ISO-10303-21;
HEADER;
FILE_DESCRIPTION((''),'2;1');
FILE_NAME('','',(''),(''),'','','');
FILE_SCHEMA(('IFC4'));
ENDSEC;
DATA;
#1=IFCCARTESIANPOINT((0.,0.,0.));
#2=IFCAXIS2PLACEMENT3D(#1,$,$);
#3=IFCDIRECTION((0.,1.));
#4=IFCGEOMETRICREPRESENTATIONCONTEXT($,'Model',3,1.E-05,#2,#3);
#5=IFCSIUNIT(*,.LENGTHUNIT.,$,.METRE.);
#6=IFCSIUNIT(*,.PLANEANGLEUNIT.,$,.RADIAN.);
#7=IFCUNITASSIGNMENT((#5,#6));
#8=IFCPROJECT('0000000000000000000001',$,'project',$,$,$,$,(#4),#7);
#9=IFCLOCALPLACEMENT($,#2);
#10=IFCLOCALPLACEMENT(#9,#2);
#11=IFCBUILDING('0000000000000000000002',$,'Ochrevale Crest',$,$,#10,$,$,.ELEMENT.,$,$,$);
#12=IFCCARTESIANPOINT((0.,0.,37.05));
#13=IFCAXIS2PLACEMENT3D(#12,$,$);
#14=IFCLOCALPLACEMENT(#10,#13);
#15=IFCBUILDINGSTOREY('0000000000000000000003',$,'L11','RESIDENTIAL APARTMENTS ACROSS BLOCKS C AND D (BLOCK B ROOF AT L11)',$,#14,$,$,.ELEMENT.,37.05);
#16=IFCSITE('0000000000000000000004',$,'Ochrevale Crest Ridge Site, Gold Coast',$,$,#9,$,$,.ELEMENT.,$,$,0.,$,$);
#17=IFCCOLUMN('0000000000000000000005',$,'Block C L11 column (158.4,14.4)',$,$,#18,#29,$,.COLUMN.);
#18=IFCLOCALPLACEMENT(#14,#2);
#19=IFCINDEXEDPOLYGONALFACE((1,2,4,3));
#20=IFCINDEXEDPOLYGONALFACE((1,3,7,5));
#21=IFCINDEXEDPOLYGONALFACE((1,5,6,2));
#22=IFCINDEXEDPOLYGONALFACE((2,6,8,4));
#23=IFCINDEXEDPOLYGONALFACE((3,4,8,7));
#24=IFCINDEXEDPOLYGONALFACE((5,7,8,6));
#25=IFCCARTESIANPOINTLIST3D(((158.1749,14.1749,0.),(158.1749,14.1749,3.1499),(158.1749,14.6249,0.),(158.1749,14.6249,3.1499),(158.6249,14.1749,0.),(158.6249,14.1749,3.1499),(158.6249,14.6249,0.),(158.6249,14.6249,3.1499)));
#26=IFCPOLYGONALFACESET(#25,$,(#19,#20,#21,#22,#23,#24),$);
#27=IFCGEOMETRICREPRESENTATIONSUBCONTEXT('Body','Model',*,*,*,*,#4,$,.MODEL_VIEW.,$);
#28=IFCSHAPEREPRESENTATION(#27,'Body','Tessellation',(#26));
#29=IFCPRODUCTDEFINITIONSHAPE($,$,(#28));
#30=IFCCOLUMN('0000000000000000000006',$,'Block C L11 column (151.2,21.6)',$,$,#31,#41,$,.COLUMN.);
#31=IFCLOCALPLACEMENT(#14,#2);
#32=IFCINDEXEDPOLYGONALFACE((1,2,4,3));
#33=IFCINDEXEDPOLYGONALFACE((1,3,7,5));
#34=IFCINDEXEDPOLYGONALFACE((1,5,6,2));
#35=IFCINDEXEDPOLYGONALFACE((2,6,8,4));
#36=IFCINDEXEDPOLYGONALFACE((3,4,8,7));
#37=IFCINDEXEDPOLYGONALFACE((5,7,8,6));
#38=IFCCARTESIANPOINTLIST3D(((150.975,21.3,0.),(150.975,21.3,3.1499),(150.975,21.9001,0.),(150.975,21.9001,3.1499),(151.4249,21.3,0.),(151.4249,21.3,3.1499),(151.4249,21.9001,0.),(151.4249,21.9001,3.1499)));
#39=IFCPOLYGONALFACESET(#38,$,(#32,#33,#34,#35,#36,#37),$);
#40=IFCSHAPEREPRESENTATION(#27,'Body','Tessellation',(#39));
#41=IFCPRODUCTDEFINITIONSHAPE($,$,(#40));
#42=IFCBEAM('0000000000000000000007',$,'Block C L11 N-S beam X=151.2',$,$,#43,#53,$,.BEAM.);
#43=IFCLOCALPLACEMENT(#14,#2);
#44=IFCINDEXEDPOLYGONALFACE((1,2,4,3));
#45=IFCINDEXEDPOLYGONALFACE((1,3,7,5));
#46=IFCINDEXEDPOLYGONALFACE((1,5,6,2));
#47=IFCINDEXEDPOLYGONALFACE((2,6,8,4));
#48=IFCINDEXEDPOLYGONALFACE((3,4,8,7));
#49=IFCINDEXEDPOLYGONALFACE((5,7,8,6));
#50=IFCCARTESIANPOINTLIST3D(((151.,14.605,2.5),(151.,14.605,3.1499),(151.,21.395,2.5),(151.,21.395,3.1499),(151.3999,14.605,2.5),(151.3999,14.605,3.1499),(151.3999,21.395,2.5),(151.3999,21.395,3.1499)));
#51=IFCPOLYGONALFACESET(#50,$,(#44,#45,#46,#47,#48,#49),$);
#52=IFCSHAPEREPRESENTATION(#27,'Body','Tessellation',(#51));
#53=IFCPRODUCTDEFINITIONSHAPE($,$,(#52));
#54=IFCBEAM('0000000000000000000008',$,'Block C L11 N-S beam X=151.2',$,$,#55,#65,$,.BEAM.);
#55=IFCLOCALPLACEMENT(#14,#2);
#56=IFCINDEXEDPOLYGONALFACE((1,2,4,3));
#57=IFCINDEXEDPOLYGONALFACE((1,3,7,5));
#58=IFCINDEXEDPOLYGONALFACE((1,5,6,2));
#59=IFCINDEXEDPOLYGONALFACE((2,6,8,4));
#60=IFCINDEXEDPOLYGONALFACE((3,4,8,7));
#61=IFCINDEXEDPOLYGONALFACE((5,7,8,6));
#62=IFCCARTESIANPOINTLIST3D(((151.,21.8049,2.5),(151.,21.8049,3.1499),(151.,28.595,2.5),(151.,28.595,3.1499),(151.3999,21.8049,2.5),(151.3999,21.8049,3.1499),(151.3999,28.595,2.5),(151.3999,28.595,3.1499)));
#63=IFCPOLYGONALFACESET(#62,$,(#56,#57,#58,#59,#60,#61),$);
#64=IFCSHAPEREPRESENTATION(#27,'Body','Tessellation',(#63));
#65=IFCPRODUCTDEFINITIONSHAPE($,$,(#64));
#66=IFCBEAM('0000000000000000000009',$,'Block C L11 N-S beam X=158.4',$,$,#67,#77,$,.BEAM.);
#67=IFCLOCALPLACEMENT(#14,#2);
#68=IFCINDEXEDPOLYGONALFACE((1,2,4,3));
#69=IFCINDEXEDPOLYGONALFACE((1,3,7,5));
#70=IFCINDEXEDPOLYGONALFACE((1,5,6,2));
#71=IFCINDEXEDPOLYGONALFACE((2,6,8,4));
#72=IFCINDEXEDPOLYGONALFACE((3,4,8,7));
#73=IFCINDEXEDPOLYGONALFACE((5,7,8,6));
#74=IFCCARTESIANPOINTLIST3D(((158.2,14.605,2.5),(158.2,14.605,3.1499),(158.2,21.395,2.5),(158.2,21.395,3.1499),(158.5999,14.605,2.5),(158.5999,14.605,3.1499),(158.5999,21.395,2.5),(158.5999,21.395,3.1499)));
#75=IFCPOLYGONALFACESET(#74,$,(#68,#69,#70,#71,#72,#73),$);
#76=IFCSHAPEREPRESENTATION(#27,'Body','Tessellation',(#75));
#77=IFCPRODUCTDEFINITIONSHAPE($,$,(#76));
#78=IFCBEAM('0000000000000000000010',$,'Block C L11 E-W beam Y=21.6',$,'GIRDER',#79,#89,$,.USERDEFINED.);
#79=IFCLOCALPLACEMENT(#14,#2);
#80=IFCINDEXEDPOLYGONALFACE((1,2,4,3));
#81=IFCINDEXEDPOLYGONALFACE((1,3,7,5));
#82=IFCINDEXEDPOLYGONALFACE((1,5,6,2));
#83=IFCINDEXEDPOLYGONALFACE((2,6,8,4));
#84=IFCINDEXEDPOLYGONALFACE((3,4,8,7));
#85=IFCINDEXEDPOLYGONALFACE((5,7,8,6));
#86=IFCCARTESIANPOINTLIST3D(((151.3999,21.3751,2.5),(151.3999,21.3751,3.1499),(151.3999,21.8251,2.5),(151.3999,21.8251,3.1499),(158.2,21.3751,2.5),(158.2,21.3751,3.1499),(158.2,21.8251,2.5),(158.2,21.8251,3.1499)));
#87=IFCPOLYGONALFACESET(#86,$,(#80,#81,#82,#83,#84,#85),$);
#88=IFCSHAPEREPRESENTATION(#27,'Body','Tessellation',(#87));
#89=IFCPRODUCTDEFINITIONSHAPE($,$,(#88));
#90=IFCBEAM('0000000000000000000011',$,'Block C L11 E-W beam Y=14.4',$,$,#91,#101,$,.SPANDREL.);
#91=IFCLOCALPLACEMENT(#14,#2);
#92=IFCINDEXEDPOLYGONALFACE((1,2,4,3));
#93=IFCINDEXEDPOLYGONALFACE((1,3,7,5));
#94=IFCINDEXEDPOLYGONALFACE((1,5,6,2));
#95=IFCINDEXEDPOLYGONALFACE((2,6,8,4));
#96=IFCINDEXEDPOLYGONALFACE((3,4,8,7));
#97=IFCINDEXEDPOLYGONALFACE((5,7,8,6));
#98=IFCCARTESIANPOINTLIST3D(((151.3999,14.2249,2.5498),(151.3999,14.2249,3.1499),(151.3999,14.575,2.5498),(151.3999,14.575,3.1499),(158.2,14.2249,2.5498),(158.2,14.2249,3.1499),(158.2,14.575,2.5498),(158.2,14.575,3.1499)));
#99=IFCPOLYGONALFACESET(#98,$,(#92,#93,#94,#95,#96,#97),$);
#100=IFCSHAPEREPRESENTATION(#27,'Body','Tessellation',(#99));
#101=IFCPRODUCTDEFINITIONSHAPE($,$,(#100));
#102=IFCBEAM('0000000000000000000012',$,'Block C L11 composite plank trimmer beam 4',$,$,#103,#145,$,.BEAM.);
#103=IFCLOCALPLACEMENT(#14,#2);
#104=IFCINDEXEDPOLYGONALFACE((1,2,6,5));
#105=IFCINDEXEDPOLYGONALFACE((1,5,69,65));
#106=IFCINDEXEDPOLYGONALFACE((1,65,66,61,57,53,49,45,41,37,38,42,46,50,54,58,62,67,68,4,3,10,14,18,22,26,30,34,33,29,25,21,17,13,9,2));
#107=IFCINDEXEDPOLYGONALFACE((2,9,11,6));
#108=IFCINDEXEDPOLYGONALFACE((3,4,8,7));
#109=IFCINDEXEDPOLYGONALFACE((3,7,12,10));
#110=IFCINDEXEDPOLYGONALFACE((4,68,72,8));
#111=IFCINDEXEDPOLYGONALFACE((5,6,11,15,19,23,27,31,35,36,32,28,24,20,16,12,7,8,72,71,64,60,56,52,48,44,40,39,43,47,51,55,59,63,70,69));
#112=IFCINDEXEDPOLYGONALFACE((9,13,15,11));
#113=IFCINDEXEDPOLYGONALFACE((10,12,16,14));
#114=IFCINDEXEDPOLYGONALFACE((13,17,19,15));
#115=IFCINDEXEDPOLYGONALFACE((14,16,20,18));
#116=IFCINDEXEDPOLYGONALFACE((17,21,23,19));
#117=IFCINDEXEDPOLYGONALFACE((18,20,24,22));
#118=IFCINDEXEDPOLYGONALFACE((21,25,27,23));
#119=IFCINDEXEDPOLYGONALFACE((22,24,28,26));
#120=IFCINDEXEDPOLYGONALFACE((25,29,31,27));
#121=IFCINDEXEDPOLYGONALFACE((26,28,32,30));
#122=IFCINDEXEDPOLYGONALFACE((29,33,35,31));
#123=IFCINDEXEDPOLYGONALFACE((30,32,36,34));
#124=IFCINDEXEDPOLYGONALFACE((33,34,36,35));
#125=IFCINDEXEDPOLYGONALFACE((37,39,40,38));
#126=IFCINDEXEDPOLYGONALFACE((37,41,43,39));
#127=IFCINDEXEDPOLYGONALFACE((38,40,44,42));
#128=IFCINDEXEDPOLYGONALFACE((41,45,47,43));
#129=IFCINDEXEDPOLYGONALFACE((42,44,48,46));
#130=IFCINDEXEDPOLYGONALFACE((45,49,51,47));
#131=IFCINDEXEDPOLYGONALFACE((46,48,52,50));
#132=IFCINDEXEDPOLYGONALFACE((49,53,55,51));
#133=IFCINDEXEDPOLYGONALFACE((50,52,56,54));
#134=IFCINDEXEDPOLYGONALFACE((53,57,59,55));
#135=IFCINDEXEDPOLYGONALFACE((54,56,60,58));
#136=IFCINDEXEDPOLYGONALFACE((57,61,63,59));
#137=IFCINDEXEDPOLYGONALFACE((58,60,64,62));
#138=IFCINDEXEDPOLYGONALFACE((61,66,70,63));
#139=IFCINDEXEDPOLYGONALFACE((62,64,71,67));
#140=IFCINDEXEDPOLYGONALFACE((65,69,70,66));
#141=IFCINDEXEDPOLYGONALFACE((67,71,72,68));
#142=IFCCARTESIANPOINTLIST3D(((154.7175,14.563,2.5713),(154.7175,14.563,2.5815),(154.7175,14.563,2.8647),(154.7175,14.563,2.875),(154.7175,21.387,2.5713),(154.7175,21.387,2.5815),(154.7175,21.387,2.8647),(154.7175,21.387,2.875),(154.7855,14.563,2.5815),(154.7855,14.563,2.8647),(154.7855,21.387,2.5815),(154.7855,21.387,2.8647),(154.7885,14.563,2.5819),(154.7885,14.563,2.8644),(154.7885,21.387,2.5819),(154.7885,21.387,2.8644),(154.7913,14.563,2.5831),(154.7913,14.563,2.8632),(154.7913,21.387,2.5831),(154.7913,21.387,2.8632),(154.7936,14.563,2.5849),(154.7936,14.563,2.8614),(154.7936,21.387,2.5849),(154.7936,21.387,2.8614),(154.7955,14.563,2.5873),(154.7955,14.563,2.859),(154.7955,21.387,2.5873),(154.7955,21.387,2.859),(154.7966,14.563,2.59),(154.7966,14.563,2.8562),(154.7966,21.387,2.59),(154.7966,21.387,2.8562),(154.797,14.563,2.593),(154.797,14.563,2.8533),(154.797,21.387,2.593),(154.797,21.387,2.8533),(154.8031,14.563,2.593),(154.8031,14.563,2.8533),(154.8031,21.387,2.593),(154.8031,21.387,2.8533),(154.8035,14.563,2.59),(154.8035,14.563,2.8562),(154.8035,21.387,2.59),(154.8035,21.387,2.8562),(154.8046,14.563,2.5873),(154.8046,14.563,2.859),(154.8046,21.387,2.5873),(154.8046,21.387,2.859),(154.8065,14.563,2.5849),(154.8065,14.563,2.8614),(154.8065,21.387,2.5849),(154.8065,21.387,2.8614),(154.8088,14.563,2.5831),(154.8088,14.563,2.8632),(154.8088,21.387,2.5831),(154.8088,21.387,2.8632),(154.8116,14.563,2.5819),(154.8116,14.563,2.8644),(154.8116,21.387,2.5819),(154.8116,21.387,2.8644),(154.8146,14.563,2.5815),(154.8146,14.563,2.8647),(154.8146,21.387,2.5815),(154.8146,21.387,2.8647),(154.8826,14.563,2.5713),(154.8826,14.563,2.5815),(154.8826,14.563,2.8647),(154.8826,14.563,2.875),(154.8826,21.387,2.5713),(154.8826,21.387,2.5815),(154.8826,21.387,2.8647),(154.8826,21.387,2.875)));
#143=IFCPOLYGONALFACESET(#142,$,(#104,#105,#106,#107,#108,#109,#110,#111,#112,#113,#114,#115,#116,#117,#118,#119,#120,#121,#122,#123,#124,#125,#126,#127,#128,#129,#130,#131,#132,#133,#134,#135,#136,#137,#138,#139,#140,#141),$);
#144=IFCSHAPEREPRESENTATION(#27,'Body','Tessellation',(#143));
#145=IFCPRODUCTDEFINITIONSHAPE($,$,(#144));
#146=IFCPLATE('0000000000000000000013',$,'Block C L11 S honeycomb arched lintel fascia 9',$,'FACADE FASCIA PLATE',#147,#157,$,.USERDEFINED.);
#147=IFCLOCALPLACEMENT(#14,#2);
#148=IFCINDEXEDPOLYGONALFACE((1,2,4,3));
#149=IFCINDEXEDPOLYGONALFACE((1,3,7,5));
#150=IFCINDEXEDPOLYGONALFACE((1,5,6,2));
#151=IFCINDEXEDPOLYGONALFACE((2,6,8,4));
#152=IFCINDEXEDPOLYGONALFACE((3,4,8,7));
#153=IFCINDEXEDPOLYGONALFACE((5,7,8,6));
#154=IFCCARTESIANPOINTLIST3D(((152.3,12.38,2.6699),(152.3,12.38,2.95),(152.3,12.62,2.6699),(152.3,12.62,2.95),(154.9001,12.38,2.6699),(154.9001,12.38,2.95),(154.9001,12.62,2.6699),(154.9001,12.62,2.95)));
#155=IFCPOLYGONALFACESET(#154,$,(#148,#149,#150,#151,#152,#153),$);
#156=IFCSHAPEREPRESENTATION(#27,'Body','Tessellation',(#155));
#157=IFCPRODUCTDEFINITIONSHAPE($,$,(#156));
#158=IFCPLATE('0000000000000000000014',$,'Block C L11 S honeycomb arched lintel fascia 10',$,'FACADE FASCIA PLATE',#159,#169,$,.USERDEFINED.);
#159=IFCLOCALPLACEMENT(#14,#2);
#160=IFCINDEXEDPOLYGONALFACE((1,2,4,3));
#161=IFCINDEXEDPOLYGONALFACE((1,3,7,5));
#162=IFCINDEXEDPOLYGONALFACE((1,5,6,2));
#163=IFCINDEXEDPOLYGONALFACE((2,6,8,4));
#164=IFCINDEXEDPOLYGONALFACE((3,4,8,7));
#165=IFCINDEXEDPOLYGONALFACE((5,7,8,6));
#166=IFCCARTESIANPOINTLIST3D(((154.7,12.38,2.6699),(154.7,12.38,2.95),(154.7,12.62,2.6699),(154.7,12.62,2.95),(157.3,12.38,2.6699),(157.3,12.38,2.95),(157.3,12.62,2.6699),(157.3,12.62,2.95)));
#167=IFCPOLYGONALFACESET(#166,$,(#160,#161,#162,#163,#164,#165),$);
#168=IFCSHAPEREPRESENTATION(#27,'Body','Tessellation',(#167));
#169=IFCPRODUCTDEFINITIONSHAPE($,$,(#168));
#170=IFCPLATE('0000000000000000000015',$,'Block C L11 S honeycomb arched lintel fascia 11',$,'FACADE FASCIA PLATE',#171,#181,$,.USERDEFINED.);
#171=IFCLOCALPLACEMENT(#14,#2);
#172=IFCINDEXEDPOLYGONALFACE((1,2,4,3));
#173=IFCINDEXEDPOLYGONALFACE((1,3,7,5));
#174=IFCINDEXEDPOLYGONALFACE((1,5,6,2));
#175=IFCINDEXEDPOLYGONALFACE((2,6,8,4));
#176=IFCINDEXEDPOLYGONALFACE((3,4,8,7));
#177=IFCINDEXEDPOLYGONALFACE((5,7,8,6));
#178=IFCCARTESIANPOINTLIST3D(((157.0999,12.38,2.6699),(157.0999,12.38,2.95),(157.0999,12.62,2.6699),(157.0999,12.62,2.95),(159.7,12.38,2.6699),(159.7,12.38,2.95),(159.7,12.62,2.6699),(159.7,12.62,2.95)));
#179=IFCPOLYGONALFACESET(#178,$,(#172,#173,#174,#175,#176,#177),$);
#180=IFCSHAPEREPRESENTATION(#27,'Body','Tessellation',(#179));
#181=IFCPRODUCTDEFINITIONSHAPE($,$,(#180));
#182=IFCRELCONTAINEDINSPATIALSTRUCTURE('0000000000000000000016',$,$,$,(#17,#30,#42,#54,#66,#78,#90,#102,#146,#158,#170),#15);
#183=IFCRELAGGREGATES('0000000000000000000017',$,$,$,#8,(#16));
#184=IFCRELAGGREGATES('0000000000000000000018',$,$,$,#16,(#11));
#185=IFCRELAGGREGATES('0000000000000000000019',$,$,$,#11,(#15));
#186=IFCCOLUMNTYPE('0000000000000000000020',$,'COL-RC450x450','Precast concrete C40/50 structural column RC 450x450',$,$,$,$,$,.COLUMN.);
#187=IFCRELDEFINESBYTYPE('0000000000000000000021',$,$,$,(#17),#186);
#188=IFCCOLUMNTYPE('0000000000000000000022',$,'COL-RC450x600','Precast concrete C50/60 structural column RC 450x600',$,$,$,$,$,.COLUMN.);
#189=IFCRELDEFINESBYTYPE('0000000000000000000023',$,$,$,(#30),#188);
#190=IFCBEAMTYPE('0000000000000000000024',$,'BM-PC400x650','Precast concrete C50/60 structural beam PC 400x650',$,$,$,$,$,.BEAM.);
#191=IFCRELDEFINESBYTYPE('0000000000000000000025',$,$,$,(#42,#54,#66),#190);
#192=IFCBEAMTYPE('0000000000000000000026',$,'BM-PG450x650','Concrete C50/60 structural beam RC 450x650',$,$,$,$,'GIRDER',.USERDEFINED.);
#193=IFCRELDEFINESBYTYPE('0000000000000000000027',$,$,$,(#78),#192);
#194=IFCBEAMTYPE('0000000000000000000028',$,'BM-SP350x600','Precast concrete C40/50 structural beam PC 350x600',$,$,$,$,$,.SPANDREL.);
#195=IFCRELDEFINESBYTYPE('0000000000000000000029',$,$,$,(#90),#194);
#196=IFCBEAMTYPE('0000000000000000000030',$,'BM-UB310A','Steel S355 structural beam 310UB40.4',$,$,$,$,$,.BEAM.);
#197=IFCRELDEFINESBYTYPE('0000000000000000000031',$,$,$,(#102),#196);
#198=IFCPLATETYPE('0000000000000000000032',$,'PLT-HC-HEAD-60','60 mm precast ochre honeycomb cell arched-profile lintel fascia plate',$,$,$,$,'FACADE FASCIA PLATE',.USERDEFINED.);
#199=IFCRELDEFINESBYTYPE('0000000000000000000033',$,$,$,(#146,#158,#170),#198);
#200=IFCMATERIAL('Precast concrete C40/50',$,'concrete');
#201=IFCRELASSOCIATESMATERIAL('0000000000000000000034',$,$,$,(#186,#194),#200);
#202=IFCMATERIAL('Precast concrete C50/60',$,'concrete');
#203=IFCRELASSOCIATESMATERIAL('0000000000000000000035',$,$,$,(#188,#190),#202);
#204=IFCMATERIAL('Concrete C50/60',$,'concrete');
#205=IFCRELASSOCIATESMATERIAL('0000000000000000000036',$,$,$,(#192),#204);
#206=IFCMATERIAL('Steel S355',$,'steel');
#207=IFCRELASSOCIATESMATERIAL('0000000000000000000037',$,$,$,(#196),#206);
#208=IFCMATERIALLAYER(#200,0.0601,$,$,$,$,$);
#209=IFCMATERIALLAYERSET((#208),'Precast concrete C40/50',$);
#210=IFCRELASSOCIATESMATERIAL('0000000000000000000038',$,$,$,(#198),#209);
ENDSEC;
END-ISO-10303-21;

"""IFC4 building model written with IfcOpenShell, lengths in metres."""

from ifc_helpers import new_model, si_unit, direction, frame, origin, origin_2d, place, context, subcontext, project, spatial, rectangle, i_section, extrude, material, layer, layer_set, material_profile, profile_set, type_object, element, save


model = new_model("IFC4")

# Units and contexts
model_context = context("Model", 3, precision=1e-05, world=origin(), true_north=direction((0.0, 1.0)))
body_context = subcontext(model_context, "Body", "Model", "MODEL_VIEW")
ifc_project = project(units=[si_unit("LENGTHUNIT", "METRE"), si_unit("PLANEANGLEUNIT", "RADIAN")], contexts=[model_context])

# Site, building, storey
site_placement = place(None, origin())
site = spatial("IfcSite", under=ifc_project, at=site_placement, Name="Ochrevale Crest Ridge Site, Gold Coast", CompositionType="ELEMENT", RefElevation=0.0)
building_placement = place(site_placement, origin())
building = spatial("IfcBuilding", under=site, at=building_placement, Name="Ochrevale Crest", CompositionType="ELEMENT")
storey_placement = place(building_placement, frame((0.0, 0.0, 37.05)))
storey = spatial("IfcBuildingStorey", under=building, at=storey_placement, Name="L11", Description="RESIDENTIAL APARTMENTS ACROSS BLOCKS C AND D (BLOCK B ROOF AT L11)", CompositionType="ELEMENT", Elevation=37.05)

# Columns
ifc_material_1 = material(Name="Precast concrete C40/50", Category="concrete")
ifc_material_profile_1 = material_profile(ifc_material_1, rectangle(XDim=0.45, YDim=0.45, at=origin_2d()), Name="RC 450x450")
ifc_profile_set_1 = profile_set([ifc_material_profile_1], Name="Precast concrete C40/50")
column_type_1 = type_object("IfcColumnType", Name="COL-RC450x450", Description="Precast concrete C40/50 structural column RC 450x450", PredefinedType="COLUMN", material=ifc_profile_set_1)
column_1_placement = place(storey_placement, frame((158.3999, 14.3999, 0.0), z_axis=(0.0, 0.0, 1.0), x_axis=(1.0, 0.0, 0.0)))
element("IfcColumn", 1, at=column_1_placement, inside=storey, type_object=column_type_1, Name="Block C L11 column (158.4,14.4)", PredefinedType="COLUMN", context=body_context, shape_type="SweptSolid", body=[
    extrude(rectangle(XDim=0.45, YDim=0.45, at=origin_2d()), origin(), (0.0, 0.0, 1.0), 3.1499),
])
ifc_material_2 = material(Name="Precast concrete C50/60", Category="concrete")
ifc_material_profile_2 = material_profile(ifc_material_2, rectangle(XDim=0.45, YDim=0.6001, at=origin_2d()), Name="RC 450x600")
ifc_profile_set_2 = profile_set([ifc_material_profile_2], Name="Precast concrete C50/60")
column_type_2 = type_object("IfcColumnType", Name="COL-RC450x600", Description="Precast concrete C50/60 structural column RC 450x600", PredefinedType="COLUMN", material=ifc_profile_set_2)
column_2_placement = place(storey_placement, frame((151.2, 21.6001, 0.0), z_axis=(0.0, 0.0, 1.0), x_axis=(1.0, 0.0, 0.0)))
element("IfcColumn", 2, at=column_2_placement, inside=storey, type_object=column_type_2, Name="Block C L11 column (151.2,21.6)", PredefinedType="COLUMN", context=body_context, shape_type="SweptSolid", body=[
    extrude(rectangle(XDim=0.45, YDim=0.6001, at=origin_2d()), origin(), (0.0, 0.0, 1.0), 3.1499),
])

# Beams
ifc_material_profile_3 = material_profile(ifc_material_2, rectangle(XDim=0.3999, YDim=0.6499, at=origin_2d()), Name="PC 400x650")
ifc_profile_set_3 = profile_set([ifc_material_profile_3], Name="Precast concrete C50/60")
beam_type_1 = type_object("IfcBeamType", Name="BM-PC400x650", Description="Precast concrete C50/60 structural beam PC 400x650", PredefinedType="BEAM", material=ifc_profile_set_3)
for number, where, z_axis, x_axis, name in (
    (3, (151.2, 14.605, 2.825), (0.0, 1.0, 0.0), (-1.0, 0.0, 0.0), "Block C L11 N-S beam X=151.2"),
    (4, (151.2, 21.8049, 2.825), (0.0, 1.0, 0.0), (-1.0, 0.0, 0.0), "Block C L11 N-S beam X=151.2"),
    (5, (158.3999, 14.605, 2.825), (0.0, 1.0, 0.0), (-1.0, 0.0, 0.0), "Block C L11 N-S beam X=158.4"),
):
    element("IfcBeam", number, at=place(storey_placement, frame(where, z_axis=z_axis, x_axis=x_axis)), inside=storey, type_object=beam_type_1, Name=name, PredefinedType="BEAM", context=body_context, shape_type="SweptSolid", body=[
        extrude(rectangle(XDim=0.3999, YDim=0.6499, at=origin_2d()), origin(), (0.0, 0.0, 1.0), 6.79),
    ])
ifc_material_3 = material(Name="Concrete C50/60", Category="concrete")
ifc_material_profile_4 = material_profile(ifc_material_3, rectangle(XDim=0.45, YDim=0.6499, at=origin_2d()), Name="RC 450x650")
ifc_profile_set_4 = profile_set([ifc_material_profile_4], Name="Concrete C50/60")
beam_type_2 = type_object("IfcBeamType", Name="BM-PG450x650", Description="Concrete C50/60 structural beam RC 450x650", ElementType="GIRDER", PredefinedType="USERDEFINED", material=ifc_profile_set_4)
beam_1_placement = place(storey_placement, frame((151.3999, 21.6001, 2.825), z_axis=(1.0, 0.0, 0.0), x_axis=(0.0, 1.0, 0.0)))
element("IfcBeam", 6, at=beam_1_placement, inside=storey, type_object=beam_type_2, Name="Block C L11 E-W beam Y=21.6", ObjectType="GIRDER", PredefinedType="USERDEFINED", context=body_context, shape_type="SweptSolid", body=[
    extrude(rectangle(XDim=0.45, YDim=0.6499, at=origin_2d()), origin(), (0.0, 0.0, 1.0), 6.8),
])
ifc_material_profile_5 = material_profile(ifc_material_1, rectangle(XDim=0.3501, YDim=0.6001, at=origin_2d()), Name="PC 350x600")
ifc_profile_set_5 = profile_set([ifc_material_profile_5], Name="Precast concrete C40/50")
beam_type_3 = type_object("IfcBeamType", Name="BM-SP350x600", Description="Precast concrete C40/50 structural beam PC 350x600", PredefinedType="SPANDREL", material=ifc_profile_set_5)
beam_2_placement = place(storey_placement, frame((151.3999, 14.3999, 2.8499), z_axis=(1.0, 0.0, 0.0), x_axis=(0.0, 1.0, 0.0)))
element("IfcBeam", 7, at=beam_2_placement, inside=storey, type_object=beam_type_3, Name="Block C L11 E-W beam Y=14.4", PredefinedType="SPANDREL", context=body_context, shape_type="SweptSolid", body=[
    extrude(rectangle(XDim=0.3501, YDim=0.6001, at=origin_2d()), origin(), (0.0, 0.0, 1.0), 6.8),
])
ifc_material_4 = material(Name="Steel S355", Category="steel")
ifc_material_profile_6 = material_profile(ifc_material_4, i_section(OverallWidth=0.165, OverallDepth=0.3037, WebThickness=0.0061, FlangeThickness=0.0103, FilletRadius=0.0115, at=origin_2d()), Name="310UB40.4")
ifc_profile_set_6 = profile_set([ifc_material_profile_6], Name="Steel S355")
beam_type_4 = type_object("IfcBeamType", Name="BM-UB310A", Description="Steel S355 structural beam 310UB40.4", PredefinedType="BEAM", material=ifc_profile_set_6)
beam_3_placement = place(storey_placement, frame((154.8, 14.563, 2.7231), z_axis=(0.0, 1.0, 0.0), x_axis=(-1.0, 0.0, 0.0)))
element("IfcBeam", 8, at=beam_3_placement, inside=storey, type_object=beam_type_4, Name="Block C L11 composite plank trimmer beam 4", PredefinedType="BEAM", context=body_context, shape_type="SweptSolid", body=[
    extrude(i_section(OverallWidth=0.165, OverallDepth=0.3037, WebThickness=0.0061, FlangeThickness=0.0103, FilletRadius=0.0115, at=origin_2d()), origin(), (0.0, 0.0, 1.0), 6.824),
])

# Plates
ifc_layer_1 = layer(ifc_material_1, 0.0601)
ifc_layer_set_1 = layer_set([ifc_layer_1], Name="Precast concrete C40/50")
plate_type_1 = type_object("IfcPlateType", Name="PLT-HC-HEAD-60", Description="60 mm precast ochre honeycomb cell arched-profile lintel fascia plate", ElementType="FACADE FASCIA PLATE", PredefinedType="USERDEFINED", material=ifc_layer_set_1)
for number, where, z_axis, x_axis, name in (
    (9, (153.6001, 12.5, 2.6699), (0.0, 0.0, 1.0), (1.0, 0.0, 0.0), "Block C L11 S honeycomb arched lintel fascia 9"),
    (10, (156.0, 12.5, 2.6699), (0.0, 0.0, 1.0), (1.0, 0.0, 0.0), "Block C L11 S honeycomb arched lintel fascia 10"),
    (11, (158.3999, 12.5, 2.6699), (0.0, 0.0, 1.0), (1.0, 0.0, 0.0), "Block C L11 S honeycomb arched lintel fascia 11"),
):
    element("IfcPlate", number, at=place(storey_placement, frame(where, z_axis=z_axis, x_axis=x_axis)), inside=storey, type_object=plate_type_1, Name=name, ObjectType="FACADE FASCIA PLATE", PredefinedType="USERDEFINED", context=body_context, shape_type="SweptSolid", body=[
        extrude(rectangle(XDim=2.6001, YDim=0.24, at=origin_2d()), origin(), (0.0, 0.0, 1.0), 0.28),
    ])

save(model, "model.ifc")
